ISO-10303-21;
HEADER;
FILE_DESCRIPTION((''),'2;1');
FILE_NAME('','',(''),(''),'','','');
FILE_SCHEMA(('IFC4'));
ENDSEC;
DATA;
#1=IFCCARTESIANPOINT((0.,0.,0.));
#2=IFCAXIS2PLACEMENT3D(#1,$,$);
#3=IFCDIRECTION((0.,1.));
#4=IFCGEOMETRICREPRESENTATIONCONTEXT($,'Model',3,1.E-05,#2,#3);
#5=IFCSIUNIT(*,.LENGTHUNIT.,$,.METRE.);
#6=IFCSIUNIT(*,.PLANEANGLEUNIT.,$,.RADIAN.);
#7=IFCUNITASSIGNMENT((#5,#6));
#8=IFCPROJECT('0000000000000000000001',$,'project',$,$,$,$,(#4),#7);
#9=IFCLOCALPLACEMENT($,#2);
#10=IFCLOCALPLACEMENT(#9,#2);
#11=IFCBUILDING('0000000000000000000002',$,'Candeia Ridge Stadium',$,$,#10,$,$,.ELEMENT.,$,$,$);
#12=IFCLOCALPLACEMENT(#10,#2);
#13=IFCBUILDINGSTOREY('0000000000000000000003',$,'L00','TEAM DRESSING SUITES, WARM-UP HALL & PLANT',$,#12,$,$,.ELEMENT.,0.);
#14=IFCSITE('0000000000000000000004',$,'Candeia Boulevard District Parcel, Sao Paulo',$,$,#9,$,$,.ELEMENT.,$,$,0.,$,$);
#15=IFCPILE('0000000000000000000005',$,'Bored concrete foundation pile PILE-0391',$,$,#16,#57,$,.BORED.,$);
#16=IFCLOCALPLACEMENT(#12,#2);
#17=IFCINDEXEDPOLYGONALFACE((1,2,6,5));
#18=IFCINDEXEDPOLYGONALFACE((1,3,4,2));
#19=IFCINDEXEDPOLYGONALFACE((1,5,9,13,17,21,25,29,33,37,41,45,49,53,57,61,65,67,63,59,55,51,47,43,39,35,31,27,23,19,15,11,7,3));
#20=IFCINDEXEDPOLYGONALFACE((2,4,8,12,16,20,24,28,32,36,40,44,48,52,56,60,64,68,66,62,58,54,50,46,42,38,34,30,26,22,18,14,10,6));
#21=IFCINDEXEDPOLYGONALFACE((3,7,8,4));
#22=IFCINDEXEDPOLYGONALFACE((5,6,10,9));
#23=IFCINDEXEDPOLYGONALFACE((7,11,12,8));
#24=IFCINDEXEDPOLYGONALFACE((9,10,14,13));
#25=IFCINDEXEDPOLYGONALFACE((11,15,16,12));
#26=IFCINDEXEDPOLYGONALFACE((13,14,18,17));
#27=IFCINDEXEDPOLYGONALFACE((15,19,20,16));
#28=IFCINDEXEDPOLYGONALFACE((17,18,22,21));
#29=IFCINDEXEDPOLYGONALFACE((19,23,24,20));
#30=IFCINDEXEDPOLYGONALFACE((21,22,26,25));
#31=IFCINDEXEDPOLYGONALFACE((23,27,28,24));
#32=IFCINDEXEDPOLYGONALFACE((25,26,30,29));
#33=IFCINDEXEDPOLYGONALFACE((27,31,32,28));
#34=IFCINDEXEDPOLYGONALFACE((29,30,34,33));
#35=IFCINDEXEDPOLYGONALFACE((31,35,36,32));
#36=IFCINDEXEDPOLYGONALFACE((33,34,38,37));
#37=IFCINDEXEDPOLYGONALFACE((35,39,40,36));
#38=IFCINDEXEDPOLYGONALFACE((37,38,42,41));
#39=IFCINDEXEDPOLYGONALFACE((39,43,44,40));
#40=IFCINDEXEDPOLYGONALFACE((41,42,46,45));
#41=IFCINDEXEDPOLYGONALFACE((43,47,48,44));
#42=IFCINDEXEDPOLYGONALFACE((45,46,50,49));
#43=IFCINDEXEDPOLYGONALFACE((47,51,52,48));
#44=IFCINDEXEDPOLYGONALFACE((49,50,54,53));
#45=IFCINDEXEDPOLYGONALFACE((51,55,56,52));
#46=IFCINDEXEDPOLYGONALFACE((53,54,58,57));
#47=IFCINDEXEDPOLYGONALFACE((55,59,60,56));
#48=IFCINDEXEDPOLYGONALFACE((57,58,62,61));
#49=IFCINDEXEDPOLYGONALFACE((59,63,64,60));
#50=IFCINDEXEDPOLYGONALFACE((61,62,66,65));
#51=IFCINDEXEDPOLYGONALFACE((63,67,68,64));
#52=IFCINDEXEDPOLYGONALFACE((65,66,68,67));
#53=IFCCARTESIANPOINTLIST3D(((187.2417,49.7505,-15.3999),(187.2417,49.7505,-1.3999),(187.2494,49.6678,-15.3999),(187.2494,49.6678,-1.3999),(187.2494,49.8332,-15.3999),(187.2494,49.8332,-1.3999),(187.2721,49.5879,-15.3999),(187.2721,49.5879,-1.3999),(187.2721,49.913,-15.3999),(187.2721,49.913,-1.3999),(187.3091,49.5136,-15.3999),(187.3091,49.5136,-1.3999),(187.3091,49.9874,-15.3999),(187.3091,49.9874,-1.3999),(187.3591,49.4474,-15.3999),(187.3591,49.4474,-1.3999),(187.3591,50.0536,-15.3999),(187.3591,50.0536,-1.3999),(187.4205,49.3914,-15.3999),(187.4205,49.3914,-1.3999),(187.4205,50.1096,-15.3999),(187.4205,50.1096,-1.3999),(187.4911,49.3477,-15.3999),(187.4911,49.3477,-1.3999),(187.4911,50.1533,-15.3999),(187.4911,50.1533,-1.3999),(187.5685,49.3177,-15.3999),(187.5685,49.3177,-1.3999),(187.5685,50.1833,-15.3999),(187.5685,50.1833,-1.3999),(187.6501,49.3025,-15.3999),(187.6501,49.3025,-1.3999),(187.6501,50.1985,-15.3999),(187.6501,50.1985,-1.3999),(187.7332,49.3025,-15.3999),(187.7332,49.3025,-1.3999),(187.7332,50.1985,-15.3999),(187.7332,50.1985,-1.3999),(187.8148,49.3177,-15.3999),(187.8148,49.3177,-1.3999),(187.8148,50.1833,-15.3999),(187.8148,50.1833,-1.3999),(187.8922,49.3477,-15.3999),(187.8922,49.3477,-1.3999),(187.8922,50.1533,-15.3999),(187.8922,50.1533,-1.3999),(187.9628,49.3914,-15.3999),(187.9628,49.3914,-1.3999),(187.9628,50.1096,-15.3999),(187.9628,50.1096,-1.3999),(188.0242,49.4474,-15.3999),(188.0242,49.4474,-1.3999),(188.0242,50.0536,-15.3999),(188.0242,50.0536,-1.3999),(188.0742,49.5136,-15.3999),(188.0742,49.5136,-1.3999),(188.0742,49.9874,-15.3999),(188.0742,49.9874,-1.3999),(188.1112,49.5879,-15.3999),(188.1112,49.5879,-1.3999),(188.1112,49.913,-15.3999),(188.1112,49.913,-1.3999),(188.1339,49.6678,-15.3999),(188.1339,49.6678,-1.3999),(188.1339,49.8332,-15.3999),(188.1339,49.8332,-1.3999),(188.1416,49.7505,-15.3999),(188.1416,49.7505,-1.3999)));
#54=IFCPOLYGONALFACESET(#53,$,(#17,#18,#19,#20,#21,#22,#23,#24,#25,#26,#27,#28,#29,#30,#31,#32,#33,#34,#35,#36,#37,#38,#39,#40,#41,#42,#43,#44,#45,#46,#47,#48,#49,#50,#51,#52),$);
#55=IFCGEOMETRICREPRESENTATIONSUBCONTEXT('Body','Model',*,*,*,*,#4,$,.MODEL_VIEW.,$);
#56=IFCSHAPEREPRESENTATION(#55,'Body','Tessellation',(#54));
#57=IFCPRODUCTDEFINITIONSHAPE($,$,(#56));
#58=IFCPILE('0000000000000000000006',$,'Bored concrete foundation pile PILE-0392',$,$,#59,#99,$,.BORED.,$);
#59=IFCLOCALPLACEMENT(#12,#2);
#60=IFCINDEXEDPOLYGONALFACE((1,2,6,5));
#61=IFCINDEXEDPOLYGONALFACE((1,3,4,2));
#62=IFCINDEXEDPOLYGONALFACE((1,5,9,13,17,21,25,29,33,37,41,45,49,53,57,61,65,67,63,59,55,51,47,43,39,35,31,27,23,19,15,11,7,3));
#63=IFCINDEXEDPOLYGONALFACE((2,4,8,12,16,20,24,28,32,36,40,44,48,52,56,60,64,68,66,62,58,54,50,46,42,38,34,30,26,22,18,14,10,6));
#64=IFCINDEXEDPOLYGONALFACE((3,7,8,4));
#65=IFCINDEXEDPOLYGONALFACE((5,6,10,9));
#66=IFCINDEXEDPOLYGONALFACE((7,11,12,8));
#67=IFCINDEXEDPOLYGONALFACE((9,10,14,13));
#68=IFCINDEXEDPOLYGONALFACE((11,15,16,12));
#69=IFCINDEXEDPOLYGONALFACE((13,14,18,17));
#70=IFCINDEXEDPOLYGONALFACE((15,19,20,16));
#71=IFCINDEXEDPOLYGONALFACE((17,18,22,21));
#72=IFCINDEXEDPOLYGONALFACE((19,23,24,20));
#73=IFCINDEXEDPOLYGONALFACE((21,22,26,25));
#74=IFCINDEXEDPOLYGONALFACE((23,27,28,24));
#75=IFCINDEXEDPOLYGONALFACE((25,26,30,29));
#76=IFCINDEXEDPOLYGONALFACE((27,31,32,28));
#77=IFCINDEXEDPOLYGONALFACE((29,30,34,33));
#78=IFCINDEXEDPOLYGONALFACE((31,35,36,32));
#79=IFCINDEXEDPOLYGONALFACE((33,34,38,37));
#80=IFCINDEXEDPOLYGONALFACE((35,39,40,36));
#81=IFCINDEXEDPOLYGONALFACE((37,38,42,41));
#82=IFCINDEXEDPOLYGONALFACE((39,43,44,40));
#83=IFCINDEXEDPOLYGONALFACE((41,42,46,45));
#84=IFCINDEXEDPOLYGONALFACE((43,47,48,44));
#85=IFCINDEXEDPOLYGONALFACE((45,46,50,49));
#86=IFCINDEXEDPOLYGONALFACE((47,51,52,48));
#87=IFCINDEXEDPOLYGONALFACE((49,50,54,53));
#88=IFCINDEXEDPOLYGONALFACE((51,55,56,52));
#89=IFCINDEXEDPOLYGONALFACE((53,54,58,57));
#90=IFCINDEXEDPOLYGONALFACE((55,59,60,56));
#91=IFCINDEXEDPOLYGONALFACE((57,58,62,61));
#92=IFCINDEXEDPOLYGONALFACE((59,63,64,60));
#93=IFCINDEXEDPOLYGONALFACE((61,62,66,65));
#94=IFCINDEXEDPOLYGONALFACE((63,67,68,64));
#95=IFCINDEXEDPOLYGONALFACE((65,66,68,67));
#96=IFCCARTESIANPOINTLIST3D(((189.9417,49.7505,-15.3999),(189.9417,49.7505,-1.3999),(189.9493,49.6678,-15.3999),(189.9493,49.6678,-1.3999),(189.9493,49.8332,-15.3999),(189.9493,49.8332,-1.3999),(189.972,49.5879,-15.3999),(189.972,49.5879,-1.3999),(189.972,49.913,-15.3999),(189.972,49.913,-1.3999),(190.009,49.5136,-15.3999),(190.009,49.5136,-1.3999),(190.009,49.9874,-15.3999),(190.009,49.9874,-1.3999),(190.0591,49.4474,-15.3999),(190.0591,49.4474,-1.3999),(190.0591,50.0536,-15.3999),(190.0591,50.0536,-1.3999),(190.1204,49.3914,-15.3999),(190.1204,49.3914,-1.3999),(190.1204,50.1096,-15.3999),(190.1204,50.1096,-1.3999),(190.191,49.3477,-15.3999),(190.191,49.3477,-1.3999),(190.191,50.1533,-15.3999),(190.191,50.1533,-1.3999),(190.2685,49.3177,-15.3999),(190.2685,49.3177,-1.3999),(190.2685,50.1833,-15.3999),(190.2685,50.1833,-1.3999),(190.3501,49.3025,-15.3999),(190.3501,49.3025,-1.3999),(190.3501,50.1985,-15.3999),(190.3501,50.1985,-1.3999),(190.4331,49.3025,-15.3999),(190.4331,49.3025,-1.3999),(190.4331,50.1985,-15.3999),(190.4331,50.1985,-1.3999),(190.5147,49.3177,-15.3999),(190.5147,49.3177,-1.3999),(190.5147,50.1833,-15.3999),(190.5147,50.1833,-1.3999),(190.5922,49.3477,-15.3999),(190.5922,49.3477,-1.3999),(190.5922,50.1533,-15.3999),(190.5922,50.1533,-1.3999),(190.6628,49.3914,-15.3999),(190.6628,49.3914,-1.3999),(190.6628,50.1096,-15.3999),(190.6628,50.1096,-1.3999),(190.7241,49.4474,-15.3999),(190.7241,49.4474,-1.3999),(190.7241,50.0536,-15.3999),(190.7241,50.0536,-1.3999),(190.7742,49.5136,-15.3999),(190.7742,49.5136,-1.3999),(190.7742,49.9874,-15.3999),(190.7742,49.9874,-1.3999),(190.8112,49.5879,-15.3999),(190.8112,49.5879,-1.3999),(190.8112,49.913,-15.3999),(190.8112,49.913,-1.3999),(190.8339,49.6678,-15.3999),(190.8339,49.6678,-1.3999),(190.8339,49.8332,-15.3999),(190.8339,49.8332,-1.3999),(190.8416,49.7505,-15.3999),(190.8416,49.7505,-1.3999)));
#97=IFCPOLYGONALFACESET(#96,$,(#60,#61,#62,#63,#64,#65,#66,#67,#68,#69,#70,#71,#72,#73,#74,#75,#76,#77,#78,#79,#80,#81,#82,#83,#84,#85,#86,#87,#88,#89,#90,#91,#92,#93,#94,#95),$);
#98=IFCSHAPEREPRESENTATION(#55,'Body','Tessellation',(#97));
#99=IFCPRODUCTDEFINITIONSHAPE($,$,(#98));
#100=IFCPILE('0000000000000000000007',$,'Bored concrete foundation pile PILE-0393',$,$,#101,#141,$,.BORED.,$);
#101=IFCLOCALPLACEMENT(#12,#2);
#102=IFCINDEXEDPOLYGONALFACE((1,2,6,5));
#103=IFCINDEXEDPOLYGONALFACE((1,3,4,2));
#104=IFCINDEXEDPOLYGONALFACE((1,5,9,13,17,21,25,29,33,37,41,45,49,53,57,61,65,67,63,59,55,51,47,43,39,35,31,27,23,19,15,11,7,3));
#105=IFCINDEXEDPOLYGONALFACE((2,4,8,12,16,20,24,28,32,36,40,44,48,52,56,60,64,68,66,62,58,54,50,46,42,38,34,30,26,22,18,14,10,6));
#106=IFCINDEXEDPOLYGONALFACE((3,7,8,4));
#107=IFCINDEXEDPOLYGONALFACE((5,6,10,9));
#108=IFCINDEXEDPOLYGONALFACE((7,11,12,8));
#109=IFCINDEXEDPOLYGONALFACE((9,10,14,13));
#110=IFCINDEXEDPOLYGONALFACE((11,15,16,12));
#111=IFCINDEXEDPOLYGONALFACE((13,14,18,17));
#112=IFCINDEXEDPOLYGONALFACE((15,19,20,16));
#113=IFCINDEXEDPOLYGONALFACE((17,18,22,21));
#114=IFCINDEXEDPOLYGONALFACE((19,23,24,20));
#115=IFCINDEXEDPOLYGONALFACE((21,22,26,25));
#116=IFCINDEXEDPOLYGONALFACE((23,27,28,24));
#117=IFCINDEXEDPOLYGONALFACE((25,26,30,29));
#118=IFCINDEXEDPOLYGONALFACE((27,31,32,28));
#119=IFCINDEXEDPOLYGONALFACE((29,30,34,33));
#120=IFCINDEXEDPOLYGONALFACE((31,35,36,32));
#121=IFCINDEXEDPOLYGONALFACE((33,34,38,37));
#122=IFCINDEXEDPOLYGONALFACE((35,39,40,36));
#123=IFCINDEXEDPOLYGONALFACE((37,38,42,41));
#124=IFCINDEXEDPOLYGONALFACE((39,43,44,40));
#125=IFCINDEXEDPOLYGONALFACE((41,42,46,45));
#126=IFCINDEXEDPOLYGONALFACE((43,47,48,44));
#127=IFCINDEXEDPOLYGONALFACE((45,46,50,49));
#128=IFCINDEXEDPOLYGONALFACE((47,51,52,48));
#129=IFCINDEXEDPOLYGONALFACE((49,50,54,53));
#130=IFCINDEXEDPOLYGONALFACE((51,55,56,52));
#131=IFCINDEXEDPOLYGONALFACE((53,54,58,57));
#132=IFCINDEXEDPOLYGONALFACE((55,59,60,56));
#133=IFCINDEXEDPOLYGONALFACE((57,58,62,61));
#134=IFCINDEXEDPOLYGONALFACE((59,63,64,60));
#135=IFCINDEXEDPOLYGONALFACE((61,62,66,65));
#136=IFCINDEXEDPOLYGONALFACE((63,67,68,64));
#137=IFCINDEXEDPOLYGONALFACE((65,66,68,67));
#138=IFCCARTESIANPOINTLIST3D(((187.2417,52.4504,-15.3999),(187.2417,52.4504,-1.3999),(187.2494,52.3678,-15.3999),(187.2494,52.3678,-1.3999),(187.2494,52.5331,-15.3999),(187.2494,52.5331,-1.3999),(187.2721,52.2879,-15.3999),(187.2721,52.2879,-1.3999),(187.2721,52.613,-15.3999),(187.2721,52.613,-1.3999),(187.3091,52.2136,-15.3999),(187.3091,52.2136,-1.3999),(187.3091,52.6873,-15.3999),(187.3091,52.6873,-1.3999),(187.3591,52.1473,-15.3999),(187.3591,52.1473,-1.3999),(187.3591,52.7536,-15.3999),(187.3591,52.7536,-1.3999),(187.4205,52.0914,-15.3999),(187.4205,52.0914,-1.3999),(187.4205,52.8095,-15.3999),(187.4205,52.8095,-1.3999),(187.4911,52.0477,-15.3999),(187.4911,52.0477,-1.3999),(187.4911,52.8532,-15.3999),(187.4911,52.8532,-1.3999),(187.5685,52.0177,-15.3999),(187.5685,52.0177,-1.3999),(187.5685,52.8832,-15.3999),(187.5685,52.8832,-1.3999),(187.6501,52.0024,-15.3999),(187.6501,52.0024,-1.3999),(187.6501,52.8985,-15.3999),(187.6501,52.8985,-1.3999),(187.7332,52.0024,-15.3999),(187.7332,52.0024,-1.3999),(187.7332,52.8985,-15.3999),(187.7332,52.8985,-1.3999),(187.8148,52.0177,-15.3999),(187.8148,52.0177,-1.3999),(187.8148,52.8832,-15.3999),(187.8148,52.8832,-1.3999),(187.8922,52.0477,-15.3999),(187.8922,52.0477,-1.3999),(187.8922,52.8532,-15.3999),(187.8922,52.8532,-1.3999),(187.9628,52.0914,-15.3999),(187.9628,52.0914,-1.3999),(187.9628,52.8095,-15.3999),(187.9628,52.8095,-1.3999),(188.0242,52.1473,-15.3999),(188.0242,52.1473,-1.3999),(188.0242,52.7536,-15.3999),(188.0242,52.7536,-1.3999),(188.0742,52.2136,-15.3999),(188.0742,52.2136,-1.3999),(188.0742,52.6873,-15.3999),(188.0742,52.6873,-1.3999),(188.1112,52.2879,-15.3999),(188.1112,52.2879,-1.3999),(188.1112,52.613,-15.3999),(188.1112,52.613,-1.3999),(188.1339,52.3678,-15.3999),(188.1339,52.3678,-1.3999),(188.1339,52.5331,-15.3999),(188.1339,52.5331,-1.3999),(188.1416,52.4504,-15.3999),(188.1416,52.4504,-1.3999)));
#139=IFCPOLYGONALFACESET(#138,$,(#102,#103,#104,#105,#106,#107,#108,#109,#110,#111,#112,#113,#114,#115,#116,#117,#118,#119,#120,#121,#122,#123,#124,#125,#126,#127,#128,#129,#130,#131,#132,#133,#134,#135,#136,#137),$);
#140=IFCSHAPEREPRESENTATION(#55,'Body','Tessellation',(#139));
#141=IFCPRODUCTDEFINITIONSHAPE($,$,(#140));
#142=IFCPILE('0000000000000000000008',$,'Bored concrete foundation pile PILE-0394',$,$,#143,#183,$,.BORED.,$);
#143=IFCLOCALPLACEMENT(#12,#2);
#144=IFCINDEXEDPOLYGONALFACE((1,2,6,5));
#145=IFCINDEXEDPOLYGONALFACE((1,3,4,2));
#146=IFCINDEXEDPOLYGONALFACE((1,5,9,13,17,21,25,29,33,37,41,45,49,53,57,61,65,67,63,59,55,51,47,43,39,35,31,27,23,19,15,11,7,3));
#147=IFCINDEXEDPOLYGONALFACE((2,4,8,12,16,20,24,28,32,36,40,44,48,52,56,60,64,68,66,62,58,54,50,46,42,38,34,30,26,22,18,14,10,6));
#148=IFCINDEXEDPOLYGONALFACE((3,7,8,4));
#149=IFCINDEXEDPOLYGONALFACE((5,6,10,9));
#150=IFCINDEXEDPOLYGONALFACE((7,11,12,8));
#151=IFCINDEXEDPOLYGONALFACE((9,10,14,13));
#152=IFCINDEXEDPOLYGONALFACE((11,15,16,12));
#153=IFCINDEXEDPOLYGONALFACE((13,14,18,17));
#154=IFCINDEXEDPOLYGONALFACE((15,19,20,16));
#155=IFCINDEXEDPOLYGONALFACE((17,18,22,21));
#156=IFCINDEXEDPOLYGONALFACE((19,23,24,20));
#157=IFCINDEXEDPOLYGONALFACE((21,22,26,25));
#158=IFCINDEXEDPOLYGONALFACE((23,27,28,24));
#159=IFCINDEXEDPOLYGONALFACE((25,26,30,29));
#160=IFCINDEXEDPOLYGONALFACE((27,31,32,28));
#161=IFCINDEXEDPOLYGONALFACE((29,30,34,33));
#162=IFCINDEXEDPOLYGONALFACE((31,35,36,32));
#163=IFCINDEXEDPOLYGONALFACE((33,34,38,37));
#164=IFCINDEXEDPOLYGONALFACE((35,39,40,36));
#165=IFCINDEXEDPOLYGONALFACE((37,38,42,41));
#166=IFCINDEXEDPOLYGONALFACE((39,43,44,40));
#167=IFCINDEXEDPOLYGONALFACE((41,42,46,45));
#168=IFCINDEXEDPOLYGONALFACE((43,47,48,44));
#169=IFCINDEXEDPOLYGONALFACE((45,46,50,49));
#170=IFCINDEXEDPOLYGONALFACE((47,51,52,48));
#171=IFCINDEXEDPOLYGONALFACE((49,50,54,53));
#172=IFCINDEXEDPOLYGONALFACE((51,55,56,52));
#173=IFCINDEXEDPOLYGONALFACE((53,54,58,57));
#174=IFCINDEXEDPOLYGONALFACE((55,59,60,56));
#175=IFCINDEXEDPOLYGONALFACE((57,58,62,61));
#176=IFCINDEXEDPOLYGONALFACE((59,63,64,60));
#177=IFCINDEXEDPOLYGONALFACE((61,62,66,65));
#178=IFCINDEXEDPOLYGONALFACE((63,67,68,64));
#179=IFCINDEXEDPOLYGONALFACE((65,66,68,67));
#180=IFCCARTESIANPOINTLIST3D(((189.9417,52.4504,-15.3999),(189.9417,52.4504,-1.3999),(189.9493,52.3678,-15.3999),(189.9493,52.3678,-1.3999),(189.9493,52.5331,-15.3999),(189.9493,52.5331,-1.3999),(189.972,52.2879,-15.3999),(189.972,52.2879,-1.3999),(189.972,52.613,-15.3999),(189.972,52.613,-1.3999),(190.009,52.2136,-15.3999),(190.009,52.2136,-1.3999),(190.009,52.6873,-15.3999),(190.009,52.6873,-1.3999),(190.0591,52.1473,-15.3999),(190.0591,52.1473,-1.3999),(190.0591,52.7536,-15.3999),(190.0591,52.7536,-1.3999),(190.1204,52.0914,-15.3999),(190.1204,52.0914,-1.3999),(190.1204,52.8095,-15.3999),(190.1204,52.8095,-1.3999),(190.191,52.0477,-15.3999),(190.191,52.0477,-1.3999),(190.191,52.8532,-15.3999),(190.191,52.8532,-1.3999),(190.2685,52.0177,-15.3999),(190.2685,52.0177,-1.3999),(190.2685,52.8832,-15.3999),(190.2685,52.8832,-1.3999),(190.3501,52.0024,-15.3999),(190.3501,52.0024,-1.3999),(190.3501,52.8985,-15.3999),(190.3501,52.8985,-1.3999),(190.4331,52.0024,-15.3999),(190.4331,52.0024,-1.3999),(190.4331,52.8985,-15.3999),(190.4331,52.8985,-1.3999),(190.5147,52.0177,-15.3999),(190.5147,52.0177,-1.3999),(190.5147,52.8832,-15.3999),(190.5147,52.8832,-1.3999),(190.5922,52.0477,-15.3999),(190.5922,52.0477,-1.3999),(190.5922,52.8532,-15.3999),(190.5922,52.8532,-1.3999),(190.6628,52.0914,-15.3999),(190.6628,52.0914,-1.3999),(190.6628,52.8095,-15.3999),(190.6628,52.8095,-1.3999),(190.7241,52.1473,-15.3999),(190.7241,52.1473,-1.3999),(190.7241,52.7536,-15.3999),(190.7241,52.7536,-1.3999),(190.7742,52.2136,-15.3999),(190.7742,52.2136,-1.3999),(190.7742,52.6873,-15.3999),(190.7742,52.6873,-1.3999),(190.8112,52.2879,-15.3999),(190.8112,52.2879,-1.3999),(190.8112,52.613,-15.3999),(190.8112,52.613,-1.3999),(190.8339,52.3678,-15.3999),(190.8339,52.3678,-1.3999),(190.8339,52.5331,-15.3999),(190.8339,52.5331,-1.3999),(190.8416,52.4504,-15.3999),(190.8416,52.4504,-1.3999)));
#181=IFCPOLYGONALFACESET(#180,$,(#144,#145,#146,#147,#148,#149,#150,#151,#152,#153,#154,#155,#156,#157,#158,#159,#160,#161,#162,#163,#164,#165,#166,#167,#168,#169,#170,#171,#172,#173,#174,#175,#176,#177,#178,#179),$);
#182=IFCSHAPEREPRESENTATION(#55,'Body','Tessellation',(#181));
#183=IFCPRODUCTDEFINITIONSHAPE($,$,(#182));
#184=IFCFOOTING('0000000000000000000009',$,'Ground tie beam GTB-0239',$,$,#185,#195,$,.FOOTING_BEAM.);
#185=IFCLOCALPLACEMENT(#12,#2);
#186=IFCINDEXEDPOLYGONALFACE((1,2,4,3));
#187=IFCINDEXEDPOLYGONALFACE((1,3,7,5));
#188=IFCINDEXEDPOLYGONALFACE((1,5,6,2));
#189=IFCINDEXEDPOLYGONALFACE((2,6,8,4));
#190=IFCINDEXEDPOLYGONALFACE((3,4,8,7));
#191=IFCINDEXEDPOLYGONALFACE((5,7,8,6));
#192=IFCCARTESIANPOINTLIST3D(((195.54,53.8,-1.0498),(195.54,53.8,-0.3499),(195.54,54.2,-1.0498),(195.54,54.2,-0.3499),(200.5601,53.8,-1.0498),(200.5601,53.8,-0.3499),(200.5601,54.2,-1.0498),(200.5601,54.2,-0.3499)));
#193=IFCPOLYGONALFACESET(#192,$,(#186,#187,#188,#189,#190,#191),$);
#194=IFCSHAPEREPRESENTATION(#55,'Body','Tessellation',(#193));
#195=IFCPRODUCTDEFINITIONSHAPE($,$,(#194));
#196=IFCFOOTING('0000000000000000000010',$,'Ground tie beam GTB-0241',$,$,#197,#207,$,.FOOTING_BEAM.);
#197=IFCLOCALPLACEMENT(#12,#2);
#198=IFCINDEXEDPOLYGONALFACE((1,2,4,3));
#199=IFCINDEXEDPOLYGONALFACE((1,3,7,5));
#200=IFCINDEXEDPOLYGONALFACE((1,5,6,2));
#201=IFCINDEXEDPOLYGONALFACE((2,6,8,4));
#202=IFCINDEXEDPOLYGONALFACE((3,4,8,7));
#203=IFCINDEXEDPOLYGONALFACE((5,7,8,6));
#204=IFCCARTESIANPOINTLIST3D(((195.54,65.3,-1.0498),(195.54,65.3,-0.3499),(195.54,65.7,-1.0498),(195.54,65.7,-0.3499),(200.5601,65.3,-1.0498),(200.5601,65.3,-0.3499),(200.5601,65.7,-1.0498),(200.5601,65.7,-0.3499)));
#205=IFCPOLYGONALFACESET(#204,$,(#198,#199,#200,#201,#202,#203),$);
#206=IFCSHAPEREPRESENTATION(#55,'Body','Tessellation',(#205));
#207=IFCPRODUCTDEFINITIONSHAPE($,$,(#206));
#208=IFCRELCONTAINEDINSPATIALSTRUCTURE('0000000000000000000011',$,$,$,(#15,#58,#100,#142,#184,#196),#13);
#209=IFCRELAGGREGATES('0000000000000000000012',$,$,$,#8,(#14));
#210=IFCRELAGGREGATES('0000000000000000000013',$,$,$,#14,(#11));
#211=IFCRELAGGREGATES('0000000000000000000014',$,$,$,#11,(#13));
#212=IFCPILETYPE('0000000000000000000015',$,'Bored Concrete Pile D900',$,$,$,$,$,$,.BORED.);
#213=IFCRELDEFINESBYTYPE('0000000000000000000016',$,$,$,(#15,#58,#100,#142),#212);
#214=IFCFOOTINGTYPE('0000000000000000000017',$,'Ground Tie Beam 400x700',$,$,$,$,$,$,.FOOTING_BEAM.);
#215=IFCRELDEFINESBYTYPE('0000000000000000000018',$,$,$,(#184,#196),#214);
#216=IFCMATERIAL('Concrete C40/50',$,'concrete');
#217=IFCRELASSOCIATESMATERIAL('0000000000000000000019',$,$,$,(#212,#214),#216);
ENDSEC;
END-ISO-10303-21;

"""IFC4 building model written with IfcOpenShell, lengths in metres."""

from ifc_helpers import new_model, si_unit, direction, frame, origin, origin_2d, place, context, subcontext, project, spatial, rectangle, circle, extrude, material, material_profile, profile_set, type_object, element, save


model = new_model("IFC4")

# Units and contexts
model_context = context("Model", 3, precision=1e-05, world=origin(), true_north=direction((0.0, 1.0)))
body_context = subcontext(model_context, "Body", "Model", "MODEL_VIEW")
ifc_project = project(units=[si_unit("LENGTHUNIT", "METRE"), si_unit("PLANEANGLEUNIT", "RADIAN")], contexts=[model_context])

# Site, building, storey
site_placement = place(None, origin())
site = spatial("IfcSite", under=ifc_project, at=site_placement, Name="Candeia Boulevard District Parcel, Sao Paulo", CompositionType="ELEMENT", RefElevation=0.0)
building_placement = place(site_placement, origin())
building = spatial("IfcBuilding", under=site, at=building_placement, Name="Candeia Ridge Stadium", CompositionType="ELEMENT")
storey_placement = place(building_placement, origin())
storey = spatial("IfcBuildingStorey", under=building, at=storey_placement, Name="L00", Description="TEAM DRESSING SUITES, WARM-UP HALL & PLANT", CompositionType="ELEMENT", Elevation=0.0)

# Piles
ifc_material_1 = material(Name="Concrete C40/50", Category="concrete")
ifc_material_profile_1 = material_profile(ifc_material_1, circle(Radius=0.45, at=origin_2d()), Name="PILE-D900", Category="concrete")
ifc_profile_set_1 = profile_set([ifc_material_profile_1], Name="Concrete C40/50")
pile_type_1 = type_object("IfcPileType", Name="Bored Concrete Pile D900", PredefinedType="BORED", material=ifc_profile_set_1)
for number, where, z_axis, x_axis, name in (
    (1, (187.6917, 49.7505, -1.3999), (0.0, 0.0, -1.0), (1.0, 0.0, 0.0), "Bored concrete foundation pile PILE-0391"),
    (2, (190.3916, 49.7505, -1.3999), (0.0, 0.0, -1.0), (1.0, 0.0, 0.0), "Bored concrete foundation pile PILE-0392"),
    (3, (187.6917, 52.4504, -1.3999), (0.0, 0.0, -1.0), (1.0, 0.0, 0.0), "Bored concrete foundation pile PILE-0393"),
    (4, (190.3916, 52.4504, -1.3999), (0.0, 0.0, -1.0), (1.0, 0.0, 0.0), "Bored concrete foundation pile PILE-0394"),
):
    element("IfcPile", number, at=place(storey_placement, frame(where, z_axis=z_axis, x_axis=x_axis)), inside=storey, type_object=pile_type_1, Name=name, PredefinedType="BORED", context=body_context, shape_type="SweptSolid", body=[
        extrude(circle(Radius=0.45, at=origin_2d()), origin(), (0.0, 0.0, 1.0), 14.0),
    ])

# Footings
footing_type_1 = type_object("IfcFootingType", Name="Ground Tie Beam 400x700", PredefinedType="FOOTING_BEAM", material=ifc_material_1)
for number, where, z_axis, x_axis, name in (
    (5, (198.05, 54.0, -1.0498), (0.0, 0.0, 1.0), (1.0, 0.0, 0.0), "Ground tie beam GTB-0239"),
    (6, (198.05, 65.5, -1.0498), (0.0, 0.0, 1.0), (1.0, 0.0, 0.0), "Ground tie beam GTB-0241"),
):
    element("IfcFooting", number, at=place(storey_placement, frame(where, z_axis=z_axis, x_axis=x_axis)), inside=storey, type_object=footing_type_1, Name=name, PredefinedType="FOOTING_BEAM", context=body_context, shape_type="SweptSolid", body=[
        extrude(rectangle(XDim=5.02, YDim=0.3999, at=origin_2d()), origin(), (0.0, 0.0, 1.0), 0.7),
    ])

save(model, "model.ifc")
